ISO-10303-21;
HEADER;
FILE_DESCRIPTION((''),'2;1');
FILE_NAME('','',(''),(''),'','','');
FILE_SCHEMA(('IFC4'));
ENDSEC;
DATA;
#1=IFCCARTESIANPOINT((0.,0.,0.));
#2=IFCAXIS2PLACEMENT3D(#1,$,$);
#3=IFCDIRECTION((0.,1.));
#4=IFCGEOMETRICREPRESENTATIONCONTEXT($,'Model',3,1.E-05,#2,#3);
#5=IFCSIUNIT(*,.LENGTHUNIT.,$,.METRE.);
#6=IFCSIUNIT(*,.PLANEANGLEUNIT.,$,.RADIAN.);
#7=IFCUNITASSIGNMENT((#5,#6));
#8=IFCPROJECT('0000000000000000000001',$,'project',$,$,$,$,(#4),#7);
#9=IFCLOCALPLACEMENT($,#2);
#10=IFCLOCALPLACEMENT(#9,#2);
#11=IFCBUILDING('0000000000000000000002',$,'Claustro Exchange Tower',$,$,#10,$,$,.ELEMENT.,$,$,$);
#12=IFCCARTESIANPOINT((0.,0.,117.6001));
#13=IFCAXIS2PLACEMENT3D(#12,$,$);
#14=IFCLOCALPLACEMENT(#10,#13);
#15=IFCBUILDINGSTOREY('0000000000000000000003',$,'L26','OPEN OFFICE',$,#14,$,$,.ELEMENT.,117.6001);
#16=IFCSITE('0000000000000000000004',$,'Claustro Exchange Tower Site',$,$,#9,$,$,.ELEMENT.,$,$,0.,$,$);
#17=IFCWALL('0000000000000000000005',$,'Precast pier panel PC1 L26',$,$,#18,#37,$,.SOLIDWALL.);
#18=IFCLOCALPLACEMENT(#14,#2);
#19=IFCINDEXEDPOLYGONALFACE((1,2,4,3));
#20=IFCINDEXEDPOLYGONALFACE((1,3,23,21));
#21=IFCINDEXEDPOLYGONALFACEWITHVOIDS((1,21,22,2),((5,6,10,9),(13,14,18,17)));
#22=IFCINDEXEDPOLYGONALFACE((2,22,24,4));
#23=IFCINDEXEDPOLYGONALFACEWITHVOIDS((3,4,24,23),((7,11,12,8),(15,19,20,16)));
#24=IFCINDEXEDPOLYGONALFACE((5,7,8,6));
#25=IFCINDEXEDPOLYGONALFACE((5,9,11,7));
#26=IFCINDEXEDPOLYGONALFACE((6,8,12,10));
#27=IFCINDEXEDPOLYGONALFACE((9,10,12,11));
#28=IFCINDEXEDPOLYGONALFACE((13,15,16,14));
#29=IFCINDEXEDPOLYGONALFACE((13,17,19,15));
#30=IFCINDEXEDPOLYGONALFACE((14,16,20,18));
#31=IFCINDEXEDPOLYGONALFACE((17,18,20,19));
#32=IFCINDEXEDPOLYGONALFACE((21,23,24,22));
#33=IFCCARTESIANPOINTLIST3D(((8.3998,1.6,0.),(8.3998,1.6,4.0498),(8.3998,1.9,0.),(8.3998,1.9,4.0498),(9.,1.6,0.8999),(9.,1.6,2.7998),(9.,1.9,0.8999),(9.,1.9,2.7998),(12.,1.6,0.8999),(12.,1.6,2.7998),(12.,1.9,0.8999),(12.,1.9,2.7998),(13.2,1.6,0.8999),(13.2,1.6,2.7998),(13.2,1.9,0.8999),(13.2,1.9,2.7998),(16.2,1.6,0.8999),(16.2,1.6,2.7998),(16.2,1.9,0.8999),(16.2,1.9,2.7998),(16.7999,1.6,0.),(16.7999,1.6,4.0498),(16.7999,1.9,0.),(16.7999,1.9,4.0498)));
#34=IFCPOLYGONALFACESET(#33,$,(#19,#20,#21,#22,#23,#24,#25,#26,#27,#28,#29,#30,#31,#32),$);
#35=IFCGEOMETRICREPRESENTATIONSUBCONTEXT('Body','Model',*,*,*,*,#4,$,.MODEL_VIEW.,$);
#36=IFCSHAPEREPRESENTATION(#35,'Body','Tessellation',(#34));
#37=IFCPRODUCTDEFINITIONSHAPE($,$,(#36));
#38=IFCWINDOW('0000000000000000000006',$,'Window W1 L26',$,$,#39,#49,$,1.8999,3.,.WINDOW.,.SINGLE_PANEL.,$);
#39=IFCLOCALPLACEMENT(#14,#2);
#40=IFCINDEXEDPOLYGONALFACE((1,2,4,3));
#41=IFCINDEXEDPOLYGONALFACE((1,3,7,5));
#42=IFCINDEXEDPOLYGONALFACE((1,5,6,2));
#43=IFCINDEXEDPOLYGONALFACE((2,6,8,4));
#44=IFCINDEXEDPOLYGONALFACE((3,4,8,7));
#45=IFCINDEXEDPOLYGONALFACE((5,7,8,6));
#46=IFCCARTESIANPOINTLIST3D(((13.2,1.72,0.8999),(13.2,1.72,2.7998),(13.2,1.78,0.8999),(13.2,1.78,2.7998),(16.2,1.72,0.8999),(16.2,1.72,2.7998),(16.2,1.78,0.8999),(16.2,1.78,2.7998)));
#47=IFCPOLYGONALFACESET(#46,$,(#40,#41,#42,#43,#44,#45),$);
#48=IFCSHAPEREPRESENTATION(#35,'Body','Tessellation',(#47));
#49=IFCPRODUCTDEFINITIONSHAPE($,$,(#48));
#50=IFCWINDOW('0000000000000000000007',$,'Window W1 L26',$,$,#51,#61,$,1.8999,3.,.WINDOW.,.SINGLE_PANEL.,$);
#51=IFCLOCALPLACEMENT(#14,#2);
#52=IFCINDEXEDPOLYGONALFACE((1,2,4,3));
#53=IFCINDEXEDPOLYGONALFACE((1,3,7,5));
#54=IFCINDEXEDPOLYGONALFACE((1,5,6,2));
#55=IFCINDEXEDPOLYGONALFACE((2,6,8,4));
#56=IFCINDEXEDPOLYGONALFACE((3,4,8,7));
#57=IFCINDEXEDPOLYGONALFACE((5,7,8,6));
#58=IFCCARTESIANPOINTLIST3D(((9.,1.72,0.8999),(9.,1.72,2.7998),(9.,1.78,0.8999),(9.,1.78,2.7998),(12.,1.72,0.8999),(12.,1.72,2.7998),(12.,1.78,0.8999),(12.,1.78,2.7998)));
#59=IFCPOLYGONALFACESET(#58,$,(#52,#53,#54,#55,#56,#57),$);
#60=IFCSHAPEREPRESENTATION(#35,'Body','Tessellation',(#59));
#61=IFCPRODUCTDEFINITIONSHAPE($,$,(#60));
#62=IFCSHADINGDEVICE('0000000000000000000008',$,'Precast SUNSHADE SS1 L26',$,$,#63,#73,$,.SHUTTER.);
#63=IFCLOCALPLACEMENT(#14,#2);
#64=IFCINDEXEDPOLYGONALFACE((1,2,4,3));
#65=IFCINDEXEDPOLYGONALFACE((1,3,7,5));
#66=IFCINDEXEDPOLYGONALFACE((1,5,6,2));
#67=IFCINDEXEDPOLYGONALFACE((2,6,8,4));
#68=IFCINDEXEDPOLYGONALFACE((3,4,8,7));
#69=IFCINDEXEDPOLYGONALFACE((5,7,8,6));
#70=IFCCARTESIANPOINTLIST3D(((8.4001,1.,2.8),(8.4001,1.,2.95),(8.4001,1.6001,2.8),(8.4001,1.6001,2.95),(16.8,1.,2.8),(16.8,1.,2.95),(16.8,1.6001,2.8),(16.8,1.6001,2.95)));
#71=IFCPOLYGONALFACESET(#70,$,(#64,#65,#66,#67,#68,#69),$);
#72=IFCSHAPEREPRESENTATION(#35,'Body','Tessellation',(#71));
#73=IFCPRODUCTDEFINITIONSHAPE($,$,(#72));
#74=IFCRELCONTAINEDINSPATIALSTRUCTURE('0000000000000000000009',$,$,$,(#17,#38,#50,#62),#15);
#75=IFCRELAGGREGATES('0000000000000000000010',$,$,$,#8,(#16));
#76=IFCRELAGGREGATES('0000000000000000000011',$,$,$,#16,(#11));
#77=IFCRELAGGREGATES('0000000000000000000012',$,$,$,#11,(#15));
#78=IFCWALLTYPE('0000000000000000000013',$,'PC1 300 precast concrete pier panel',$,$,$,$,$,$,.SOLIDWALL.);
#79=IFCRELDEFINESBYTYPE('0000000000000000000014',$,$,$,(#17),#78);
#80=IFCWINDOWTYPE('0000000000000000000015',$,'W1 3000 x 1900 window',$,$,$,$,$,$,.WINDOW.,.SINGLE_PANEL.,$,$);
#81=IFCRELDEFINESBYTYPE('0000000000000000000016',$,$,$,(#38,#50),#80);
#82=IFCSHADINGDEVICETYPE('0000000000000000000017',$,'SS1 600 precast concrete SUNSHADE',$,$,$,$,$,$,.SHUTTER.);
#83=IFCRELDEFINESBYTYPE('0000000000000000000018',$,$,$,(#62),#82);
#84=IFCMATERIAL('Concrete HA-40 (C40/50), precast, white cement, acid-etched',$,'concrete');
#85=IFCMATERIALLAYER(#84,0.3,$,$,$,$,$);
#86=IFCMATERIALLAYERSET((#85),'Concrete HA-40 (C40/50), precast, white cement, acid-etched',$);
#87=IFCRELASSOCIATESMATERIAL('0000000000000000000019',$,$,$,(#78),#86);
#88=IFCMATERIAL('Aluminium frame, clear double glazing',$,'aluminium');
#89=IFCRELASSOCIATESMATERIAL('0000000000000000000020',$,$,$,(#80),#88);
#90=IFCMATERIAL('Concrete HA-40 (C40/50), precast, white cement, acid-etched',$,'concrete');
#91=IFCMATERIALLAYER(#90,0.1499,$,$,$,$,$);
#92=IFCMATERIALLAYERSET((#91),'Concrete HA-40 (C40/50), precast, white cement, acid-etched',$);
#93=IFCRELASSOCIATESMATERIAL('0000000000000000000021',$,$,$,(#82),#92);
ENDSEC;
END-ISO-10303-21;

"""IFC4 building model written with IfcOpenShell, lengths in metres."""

from ifc_helpers import new_model, si_unit, direction, frame, frame_2d, origin, origin_2d, place, context, subcontext, project, spatial, rectangle, extrude, material, layer, layer_set, type_object, element, fill, save


model = new_model("IFC4")

# Units and contexts
model_context = context("Model", 3, precision=1e-05, world=origin(), true_north=direction((0.0, 1.0)))
body_context = subcontext(model_context, "Body", "Model", "MODEL_VIEW")
ifc_project = project(units=[si_unit("LENGTHUNIT", "METRE"), si_unit("PLANEANGLEUNIT", "RADIAN")], contexts=[model_context])

# Site, building, storey
site_placement = place(None, origin())
site = spatial("IfcSite", under=ifc_project, at=site_placement, Name="Claustro Exchange Tower Site", CompositionType="ELEMENT", RefElevation=0.0)
building_placement = place(site_placement, origin())
building = spatial("IfcBuilding", under=site, at=building_placement, Name="Claustro Exchange Tower", CompositionType="ELEMENT")
storey_placement = place(building_placement, frame((0.0, 0.0, 117.6001)))
storey = spatial("IfcBuildingStorey", under=building, at=storey_placement, Name="L26", Description="OPEN OFFICE", CompositionType="ELEMENT", Elevation=117.6001)

# Wall, openings, windows
ifc_material_1 = material(Name="Concrete HA-40 (C40/50), precast, white cement, acid-etched", Category="concrete")
ifc_layer_1 = layer(ifc_material_1, 0.3)
ifc_layer_set_1 = layer_set([ifc_layer_1], Name="Concrete HA-40 (C40/50), precast, white cement, acid-etched")
wall_type_1 = type_object("IfcWallType", Name="PC1 300 precast concrete pier panel", PredefinedType="SOLIDWALL", material=ifc_layer_set_1)
wall_1_placement = place(storey_placement, frame((16.8, 1.75, 0.0), z_axis=(0.0, 0.0, 1.0), x_axis=(-1.0, 0.0, 0.0)))
wall_1 = element("IfcWall", 1, at=wall_1_placement, inside=storey, type_object=wall_type_1, Name="Precast pier panel PC1 L26", PredefinedType="SOLIDWALL", context=body_context, shape_type="SweptSolid", body=[
    extrude(rectangle(XDim=8.4001, YDim=0.3, at=frame_2d((4.2002, 0.0))), origin(), (0.0, 0.0, 1.0), 4.0498),
])
opening_1_placement = place(wall_1_placement, frame((0.6001, 0.0, 0.8999)))
opening_1 = element("IfcOpeningElement", 2, at=opening_1_placement, cuts=wall_1, PredefinedType="OPENING", context=body_context, shape_type="SweptSolid", body=[
    extrude(rectangle(XDim=3.0, YDim=1.8999, at=frame_2d((1.5, 0.95))), frame((0.0, 0.1599, 0.0), z_axis=(0.0, -1.0, 0.0), x_axis=(1.0, 0.0, 0.0)), (0.0, 0.0, 1.0), 0.3201),
])
opening_2_placement = place(wall_1_placement, frame((4.8, 0.0, 0.8999)))
opening_2 = element("IfcOpeningElement", 3, at=opening_2_placement, cuts=wall_1, PredefinedType="OPENING", context=body_context, shape_type="SweptSolid", body=[
    extrude(rectangle(XDim=3.0, YDim=1.8999, at=frame_2d((1.5, 0.95))), frame((0.0, 0.1599, 0.0), z_axis=(0.0, -1.0, 0.0), x_axis=(1.0, 0.0, 0.0)), (0.0, 0.0, 1.0), 0.3201),
])
ifc_material_2 = material(Name="Aluminium frame, clear double glazing", Category="aluminium")
window_type = type_object("IfcWindowType", Name="W1 3000 x 1900 window", PartitioningType="SINGLE_PANEL", PredefinedType="WINDOW", material=ifc_material_2)
window_1_placement = place(opening_1_placement, origin())
window_1 = element("IfcWindow", 4, at=window_1_placement, inside=storey, type_object=window_type, Name="Window W1 L26", OverallHeight=1.8999, OverallWidth=3.0, PartitioningType="SINGLE_PANEL", PredefinedType="WINDOW", context=body_context, shape_type="SweptSolid", body=[
    extrude(rectangle(XDim=3.0, YDim=1.8999, at=frame_2d((1.5, 0.95))), frame((0.0, 0.03, 0.0), z_axis=(0.0, -1.0, 0.0), x_axis=(1.0, 0.0, 0.0)), (0.0, 0.0, 1.0), 0.0601),
])
fill(opening_1, window_1)
window_2_placement = place(opening_2_placement, origin())
window_2 = element("IfcWindow", 5, at=window_2_placement, inside=storey, type_object=window_type, Name="Window W1 L26", OverallHeight=1.8999, OverallWidth=3.0, PartitioningType="SINGLE_PANEL", PredefinedType="WINDOW", context=body_context, shape_type="SweptSolid", body=[
    extrude(rectangle(XDim=3.0, YDim=1.8999, at=frame_2d((1.5, 0.95))), frame((0.0, 0.03, 0.0), z_axis=(0.0, -1.0, 0.0), x_axis=(1.0, 0.0, 0.0)), (0.0, 0.0, 1.0), 0.0601),
])
fill(opening_2, window_2)

# Shading device
ifc_material_3 = material(Name="Concrete HA-40 (C40/50), precast, white cement, acid-etched", Category="concrete")
ifc_layer_2 = layer(ifc_material_3, 0.1499)
ifc_layer_set_2 = layer_set([ifc_layer_2], Name="Concrete HA-40 (C40/50), precast, white cement, acid-etched")
shading_device_type = type_object("IfcShadingDeviceType", Name="SS1 600 precast concrete SUNSHADE", PredefinedType="SHUTTER", material=ifc_layer_set_2)
shading_device_placement = place(storey_placement, frame((12.6001, 1.3, 2.8), z_axis=(0.0, 0.0, 1.0), x_axis=(-1.0, 0.0, 0.0)))
element("IfcShadingDevice", 6, at=shading_device_placement, inside=storey, type_object=shading_device_type, Name="Precast SUNSHADE SS1 L26", PredefinedType="SHUTTER", context=body_context, shape_type="SweptSolid", body=[
    extrude(rectangle(XDim=8.3999, YDim=0.6001, at=origin_2d()), origin(), (0.0, 0.0, 1.0), 0.1499),
])

save(model, "model.ifc")
